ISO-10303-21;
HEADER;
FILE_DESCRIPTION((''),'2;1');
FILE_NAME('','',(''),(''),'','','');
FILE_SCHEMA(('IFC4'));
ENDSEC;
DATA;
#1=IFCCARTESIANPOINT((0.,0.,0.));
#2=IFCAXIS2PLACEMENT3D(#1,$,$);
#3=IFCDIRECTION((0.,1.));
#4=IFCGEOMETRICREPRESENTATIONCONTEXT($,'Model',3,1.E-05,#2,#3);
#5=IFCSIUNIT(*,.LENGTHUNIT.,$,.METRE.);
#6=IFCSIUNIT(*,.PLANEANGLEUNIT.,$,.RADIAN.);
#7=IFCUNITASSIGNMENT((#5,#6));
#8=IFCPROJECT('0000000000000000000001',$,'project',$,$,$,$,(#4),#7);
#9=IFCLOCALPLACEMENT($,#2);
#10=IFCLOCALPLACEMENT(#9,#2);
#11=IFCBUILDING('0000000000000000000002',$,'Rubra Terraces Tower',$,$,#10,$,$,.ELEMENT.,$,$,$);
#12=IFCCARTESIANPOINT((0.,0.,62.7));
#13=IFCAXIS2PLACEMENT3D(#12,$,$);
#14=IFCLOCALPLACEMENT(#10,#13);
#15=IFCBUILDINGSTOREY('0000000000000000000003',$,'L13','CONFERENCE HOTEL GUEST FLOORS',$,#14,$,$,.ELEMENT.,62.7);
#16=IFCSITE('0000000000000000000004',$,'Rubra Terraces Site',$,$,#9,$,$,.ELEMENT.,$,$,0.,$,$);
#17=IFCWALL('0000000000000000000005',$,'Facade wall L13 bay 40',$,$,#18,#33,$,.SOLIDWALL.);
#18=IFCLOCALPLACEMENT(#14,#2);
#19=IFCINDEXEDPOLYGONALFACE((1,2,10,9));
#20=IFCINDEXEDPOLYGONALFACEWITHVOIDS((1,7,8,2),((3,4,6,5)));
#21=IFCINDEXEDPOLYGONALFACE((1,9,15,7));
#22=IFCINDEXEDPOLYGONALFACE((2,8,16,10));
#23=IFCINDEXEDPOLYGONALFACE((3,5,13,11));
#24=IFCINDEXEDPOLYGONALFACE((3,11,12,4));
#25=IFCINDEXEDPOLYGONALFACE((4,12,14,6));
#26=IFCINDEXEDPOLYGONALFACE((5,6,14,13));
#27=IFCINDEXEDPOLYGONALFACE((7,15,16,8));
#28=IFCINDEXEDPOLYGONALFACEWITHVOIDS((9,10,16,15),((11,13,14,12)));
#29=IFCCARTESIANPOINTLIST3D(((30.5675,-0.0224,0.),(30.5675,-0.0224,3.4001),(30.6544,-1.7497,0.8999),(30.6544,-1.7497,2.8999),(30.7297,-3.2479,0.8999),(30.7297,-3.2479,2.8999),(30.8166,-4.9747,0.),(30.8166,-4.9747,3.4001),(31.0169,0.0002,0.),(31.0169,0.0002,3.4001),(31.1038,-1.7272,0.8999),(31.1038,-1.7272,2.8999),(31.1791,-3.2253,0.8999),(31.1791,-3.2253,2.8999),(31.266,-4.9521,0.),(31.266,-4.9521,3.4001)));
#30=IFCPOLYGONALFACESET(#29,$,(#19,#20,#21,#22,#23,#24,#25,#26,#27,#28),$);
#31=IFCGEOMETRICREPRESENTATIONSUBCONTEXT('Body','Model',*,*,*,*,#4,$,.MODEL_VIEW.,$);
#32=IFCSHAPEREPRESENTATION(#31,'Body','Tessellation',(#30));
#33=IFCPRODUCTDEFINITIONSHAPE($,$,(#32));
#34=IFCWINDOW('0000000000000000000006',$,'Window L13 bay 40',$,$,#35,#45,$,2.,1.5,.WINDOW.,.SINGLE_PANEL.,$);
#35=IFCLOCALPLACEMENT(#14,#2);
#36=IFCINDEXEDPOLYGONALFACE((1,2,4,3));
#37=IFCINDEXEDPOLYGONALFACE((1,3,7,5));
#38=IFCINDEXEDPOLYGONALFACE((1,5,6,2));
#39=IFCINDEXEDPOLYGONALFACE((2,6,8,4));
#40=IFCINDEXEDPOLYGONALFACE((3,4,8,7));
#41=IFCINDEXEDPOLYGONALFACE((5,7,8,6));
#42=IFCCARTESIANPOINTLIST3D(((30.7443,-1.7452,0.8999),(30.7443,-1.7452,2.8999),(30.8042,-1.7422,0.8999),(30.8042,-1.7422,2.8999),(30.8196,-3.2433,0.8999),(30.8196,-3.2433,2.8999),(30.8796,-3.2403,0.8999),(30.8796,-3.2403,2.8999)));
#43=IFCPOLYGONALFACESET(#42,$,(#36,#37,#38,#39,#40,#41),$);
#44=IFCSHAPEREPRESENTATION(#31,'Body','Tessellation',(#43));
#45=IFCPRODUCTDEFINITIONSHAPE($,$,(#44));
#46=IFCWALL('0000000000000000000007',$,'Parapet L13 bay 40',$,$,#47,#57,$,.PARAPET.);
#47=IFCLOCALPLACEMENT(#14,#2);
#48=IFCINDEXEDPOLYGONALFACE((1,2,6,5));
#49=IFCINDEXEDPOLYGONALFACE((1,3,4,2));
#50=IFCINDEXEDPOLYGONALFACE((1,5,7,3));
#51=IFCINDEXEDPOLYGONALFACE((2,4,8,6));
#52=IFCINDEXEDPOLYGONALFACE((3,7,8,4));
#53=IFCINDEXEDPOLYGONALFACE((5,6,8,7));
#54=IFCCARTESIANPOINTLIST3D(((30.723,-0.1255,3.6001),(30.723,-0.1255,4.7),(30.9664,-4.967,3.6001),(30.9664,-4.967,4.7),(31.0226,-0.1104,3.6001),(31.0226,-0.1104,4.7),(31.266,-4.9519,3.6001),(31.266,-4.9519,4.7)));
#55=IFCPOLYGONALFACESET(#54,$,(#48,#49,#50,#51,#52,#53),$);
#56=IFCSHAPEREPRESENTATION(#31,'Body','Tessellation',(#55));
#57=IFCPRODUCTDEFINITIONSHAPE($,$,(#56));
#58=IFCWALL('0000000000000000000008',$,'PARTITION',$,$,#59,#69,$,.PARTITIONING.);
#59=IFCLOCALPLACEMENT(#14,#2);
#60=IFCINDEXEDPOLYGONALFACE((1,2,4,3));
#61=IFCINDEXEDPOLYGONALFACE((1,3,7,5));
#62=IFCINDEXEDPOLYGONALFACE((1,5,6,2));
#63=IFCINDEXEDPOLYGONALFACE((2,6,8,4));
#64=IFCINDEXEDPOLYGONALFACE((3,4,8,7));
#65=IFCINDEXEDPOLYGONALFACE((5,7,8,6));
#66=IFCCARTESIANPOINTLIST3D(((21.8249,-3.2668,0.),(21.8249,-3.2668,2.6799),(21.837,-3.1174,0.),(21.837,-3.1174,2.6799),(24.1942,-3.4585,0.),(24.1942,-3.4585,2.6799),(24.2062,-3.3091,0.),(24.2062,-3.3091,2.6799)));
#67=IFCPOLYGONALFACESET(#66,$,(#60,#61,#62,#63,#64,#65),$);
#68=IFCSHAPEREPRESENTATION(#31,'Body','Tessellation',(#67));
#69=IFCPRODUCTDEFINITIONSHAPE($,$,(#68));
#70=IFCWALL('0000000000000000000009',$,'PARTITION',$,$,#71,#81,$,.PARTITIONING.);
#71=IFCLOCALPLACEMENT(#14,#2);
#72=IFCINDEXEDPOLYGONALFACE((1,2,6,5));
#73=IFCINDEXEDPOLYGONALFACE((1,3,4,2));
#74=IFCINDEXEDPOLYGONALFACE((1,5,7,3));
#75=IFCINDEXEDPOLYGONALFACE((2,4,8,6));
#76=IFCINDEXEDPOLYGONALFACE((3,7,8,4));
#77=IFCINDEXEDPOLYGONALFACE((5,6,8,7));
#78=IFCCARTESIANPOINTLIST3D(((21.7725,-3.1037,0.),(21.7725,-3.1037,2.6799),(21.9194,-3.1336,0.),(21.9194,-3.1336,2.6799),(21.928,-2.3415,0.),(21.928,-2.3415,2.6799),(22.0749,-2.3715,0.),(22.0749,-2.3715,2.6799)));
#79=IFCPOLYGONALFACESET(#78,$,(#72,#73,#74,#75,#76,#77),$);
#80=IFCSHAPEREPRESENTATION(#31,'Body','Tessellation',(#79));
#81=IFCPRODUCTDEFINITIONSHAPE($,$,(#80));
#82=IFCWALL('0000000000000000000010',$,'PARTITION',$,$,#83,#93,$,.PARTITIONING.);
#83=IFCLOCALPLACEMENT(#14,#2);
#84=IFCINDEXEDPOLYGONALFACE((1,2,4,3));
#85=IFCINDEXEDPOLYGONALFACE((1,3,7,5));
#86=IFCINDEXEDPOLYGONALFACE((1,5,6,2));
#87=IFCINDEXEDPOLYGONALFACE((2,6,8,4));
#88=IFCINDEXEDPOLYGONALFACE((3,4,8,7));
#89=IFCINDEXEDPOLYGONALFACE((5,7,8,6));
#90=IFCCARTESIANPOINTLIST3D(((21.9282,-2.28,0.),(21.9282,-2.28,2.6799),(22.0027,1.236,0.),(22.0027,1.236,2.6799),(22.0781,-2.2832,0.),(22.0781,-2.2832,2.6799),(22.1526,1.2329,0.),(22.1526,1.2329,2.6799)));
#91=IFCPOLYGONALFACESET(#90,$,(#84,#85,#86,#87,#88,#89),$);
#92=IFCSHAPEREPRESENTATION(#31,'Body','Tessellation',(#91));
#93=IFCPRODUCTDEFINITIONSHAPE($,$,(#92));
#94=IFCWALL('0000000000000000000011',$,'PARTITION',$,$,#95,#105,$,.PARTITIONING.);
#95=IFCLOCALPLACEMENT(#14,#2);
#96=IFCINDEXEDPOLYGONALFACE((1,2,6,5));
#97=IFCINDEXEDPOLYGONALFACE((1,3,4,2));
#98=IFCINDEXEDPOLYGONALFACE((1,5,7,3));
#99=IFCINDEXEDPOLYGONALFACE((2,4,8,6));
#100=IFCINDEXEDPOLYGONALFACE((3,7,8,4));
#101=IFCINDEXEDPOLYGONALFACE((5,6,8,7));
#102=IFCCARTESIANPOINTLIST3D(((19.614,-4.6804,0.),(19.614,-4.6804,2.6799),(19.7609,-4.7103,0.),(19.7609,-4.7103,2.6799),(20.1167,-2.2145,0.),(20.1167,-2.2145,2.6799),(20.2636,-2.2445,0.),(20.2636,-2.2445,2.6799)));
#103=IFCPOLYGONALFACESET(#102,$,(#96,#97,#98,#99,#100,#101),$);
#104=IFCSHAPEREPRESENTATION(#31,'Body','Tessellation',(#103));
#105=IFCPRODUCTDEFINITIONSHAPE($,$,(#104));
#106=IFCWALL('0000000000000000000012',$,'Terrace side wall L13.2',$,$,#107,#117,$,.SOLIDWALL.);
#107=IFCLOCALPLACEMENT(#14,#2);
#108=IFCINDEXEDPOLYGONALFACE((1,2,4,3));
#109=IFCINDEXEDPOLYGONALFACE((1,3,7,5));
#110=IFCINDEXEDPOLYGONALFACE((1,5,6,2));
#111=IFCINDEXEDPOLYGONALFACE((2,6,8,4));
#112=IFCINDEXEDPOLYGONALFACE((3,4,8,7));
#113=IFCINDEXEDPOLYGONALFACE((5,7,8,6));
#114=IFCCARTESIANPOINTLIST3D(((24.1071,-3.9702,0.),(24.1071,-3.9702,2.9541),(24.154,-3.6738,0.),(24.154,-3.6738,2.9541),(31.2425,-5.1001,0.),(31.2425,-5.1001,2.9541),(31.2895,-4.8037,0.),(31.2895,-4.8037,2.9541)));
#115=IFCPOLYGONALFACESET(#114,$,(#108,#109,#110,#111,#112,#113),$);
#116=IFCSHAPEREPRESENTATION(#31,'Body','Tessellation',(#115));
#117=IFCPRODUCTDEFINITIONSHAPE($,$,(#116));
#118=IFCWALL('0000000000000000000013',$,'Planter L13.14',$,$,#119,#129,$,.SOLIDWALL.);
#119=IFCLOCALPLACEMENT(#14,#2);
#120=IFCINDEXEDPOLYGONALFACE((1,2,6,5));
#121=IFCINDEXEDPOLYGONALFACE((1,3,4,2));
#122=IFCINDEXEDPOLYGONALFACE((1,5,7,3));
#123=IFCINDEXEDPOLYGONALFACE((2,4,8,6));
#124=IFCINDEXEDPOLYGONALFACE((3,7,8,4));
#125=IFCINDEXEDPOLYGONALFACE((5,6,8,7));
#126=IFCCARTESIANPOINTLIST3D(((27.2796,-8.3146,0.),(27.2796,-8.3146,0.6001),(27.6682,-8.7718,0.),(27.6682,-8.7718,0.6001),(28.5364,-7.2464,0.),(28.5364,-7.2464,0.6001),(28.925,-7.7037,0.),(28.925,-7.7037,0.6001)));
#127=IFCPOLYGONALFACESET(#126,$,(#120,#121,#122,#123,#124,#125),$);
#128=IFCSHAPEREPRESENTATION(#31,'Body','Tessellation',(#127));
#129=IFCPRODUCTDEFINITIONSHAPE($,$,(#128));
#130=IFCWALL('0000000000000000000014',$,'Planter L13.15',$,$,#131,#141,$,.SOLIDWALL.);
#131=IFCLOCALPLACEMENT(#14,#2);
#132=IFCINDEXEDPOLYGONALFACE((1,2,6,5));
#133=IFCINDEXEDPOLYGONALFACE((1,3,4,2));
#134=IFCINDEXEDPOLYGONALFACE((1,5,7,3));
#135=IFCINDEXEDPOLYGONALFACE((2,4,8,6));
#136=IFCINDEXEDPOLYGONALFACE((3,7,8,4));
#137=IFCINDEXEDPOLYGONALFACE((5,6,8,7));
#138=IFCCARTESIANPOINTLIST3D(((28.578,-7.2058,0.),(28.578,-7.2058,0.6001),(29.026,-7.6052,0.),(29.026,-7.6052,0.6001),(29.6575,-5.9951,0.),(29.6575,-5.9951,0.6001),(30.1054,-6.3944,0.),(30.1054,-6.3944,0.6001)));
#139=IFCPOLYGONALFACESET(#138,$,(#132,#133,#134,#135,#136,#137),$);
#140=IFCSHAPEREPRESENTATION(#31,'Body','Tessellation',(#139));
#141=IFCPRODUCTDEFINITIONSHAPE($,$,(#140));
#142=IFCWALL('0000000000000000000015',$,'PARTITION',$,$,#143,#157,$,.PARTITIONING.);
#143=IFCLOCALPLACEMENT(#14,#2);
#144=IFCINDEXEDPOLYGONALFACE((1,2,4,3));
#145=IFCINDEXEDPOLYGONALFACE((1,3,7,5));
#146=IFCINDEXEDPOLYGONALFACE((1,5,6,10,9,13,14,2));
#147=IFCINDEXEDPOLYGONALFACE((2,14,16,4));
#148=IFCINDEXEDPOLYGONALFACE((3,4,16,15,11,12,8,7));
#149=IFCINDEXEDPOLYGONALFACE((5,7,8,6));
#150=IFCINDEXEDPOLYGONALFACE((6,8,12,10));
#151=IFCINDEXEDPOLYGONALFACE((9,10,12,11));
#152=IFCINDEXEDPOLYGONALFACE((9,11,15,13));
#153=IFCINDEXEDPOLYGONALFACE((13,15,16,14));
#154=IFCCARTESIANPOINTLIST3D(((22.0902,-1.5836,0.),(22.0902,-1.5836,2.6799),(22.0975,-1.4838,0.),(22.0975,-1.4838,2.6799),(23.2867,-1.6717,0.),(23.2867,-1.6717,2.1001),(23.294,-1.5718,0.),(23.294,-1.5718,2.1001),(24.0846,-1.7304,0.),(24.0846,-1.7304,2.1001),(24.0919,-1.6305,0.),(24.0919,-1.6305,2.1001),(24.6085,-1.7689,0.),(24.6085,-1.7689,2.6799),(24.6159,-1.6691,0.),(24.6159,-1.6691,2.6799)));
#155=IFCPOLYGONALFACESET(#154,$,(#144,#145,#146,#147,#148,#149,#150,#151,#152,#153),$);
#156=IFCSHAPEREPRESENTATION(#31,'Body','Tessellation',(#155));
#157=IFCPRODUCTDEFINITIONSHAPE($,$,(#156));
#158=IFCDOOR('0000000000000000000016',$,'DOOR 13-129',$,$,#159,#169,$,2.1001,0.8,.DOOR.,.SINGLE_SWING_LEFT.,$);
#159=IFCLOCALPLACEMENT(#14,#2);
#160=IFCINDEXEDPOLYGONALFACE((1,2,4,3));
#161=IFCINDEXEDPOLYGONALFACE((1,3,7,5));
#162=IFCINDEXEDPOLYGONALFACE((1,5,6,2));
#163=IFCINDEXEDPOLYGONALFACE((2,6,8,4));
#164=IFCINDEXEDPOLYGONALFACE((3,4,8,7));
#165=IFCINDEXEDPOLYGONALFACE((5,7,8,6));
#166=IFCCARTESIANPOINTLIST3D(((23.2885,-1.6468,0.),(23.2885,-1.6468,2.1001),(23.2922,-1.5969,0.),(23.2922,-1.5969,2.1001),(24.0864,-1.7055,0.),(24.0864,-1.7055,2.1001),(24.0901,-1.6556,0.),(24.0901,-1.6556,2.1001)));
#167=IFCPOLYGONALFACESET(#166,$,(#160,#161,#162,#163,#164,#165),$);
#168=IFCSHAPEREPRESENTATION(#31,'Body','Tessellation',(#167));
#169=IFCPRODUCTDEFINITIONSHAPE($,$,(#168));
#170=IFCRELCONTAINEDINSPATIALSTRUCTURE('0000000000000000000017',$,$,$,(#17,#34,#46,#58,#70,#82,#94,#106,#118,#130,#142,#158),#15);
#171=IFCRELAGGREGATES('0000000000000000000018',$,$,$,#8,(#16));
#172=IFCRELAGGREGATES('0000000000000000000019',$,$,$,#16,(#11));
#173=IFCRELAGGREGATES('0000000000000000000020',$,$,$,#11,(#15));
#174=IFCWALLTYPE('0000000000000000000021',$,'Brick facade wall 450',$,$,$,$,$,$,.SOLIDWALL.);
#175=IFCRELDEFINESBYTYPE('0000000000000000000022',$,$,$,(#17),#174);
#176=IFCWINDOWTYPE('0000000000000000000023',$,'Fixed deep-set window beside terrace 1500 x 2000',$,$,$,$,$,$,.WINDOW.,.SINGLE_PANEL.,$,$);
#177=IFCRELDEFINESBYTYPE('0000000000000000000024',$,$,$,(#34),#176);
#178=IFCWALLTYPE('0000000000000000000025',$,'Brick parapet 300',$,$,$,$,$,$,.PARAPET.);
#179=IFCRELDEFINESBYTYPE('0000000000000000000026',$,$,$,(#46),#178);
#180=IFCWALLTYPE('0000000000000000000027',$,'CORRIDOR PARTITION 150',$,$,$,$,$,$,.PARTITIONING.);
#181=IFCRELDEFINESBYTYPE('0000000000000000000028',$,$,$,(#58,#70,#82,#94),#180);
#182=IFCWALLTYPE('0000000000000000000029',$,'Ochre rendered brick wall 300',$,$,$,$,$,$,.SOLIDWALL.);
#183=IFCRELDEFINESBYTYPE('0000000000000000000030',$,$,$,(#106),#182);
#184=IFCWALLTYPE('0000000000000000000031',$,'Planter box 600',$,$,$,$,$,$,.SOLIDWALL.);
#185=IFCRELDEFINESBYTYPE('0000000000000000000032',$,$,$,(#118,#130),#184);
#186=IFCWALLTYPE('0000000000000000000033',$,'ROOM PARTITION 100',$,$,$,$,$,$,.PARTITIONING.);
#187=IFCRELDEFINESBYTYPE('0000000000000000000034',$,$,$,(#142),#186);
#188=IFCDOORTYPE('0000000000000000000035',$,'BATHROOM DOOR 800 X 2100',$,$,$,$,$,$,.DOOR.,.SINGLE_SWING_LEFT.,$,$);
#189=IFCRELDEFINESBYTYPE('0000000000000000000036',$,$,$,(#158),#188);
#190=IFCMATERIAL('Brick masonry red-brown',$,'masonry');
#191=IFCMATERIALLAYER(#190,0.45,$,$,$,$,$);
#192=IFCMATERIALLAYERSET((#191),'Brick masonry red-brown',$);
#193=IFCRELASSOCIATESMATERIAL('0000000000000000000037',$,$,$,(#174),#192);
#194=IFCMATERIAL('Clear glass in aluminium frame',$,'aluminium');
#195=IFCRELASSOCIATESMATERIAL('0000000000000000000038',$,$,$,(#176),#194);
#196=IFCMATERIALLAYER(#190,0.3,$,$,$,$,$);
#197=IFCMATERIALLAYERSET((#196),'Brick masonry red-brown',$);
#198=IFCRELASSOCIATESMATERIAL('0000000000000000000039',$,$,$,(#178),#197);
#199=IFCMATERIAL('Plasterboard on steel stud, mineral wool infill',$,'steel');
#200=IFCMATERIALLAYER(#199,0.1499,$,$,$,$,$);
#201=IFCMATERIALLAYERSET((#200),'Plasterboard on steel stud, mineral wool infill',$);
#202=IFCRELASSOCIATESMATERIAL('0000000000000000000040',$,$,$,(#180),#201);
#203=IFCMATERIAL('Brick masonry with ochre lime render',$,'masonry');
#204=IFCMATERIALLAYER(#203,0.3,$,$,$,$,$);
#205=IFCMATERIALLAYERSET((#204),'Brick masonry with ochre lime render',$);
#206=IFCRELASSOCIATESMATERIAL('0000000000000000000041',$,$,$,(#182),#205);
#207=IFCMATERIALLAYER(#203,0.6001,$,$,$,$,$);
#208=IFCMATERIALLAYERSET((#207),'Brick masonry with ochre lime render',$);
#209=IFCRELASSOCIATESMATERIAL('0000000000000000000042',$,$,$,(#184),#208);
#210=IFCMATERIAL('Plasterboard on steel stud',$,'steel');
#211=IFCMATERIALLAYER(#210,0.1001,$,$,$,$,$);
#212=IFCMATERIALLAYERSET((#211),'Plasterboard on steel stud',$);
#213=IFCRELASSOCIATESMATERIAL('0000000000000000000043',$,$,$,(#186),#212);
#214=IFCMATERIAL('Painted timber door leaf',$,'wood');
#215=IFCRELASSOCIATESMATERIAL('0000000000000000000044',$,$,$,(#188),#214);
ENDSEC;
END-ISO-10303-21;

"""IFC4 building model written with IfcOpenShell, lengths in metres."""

from ifc_helpers import new_model, si_unit, direction, frame, frame_2d, origin, place, context, subcontext, project, spatial, rectangle, extrude, material, layer, layer_set, type_object, element, fill, save


model = new_model("IFC4")

# Units and contexts
model_context = context("Model", 3, precision=1e-05, world=origin(), true_north=direction((0.0, 1.0)))
body_context = subcontext(model_context, "Body", "Model", "MODEL_VIEW")
ifc_project = project(units=[si_unit("LENGTHUNIT", "METRE"), si_unit("PLANEANGLEUNIT", "RADIAN")], contexts=[model_context])

# Site, building, storey
site_placement = place(None, origin())
site = spatial("IfcSite", under=ifc_project, at=site_placement, Name="Rubra Terraces Site", CompositionType="ELEMENT", RefElevation=0.0)
building_placement = place(site_placement, origin())
building = spatial("IfcBuilding", under=site, at=building_placement, Name="Rubra Terraces Tower", CompositionType="ELEMENT")
storey_placement = place(building_placement, frame((0.0, 0.0, 62.7)))
storey = spatial("IfcBuildingStorey", under=building, at=storey_placement, Name="L13", Description="CONFERENCE HOTEL GUEST FLOORS", CompositionType="ELEMENT", Elevation=62.7)

# Wall, opening, window
ifc_material_1 = material(Name="Brick masonry red-brown", Category="masonry")
ifc_layer_1 = layer(ifc_material_1, 0.45)
ifc_layer_set_1 = layer_set([ifc_layer_1], Name="Brick masonry red-brown")
wall_type_1 = type_object("IfcWallType", Name="Brick facade wall 450", PredefinedType="SOLIDWALL", material=ifc_layer_set_1)
wall_1_placement = place(storey_placement, frame((31.0413, -4.9634, 0.0), z_axis=(0.0, 0.0, 1.0), x_axis=(-0.050222, 0.998738, 0.0)))
wall_1 = element("IfcWall", 1, at=wall_1_placement, inside=storey, type_object=wall_type_1, Name="Facade wall L13 bay 40", PredefinedType="SOLIDWALL", context=body_context, shape_type="SweptSolid", body=[
    extrude(rectangle(XDim=4.9585, YDim=0.45, at=frame_2d((2.4792, 0.0))), origin(), (0.0, 0.0, 1.0), 3.4001),
])
opening_1_placement = place(wall_1_placement, frame((1.729, 0.0, 0.8999)))
opening_1 = element("IfcOpeningElement", 2, at=opening_1_placement, cuts=wall_1, PredefinedType="OPENING", context=body_context, shape_type="SweptSolid", body=[
    extrude(rectangle(XDim=1.5, YDim=2.0, at=frame_2d((0.75, 1.0))), frame((0.0, 0.2349, 0.0), z_axis=(0.0, -1.0, 0.0), x_axis=(1.0, 0.0, 0.0)), (0.0, 0.0, 1.0), 0.47),
])
ifc_material_2 = material(Name="Clear glass in aluminium frame", Category="aluminium")
window_type = type_object("IfcWindowType", Name="Fixed deep-set window beside terrace 1500 x 2000", PartitioningType="SINGLE_PANEL", PredefinedType="WINDOW", material=ifc_material_2)
window_placement = place(opening_1_placement, origin())
window = element("IfcWindow", 3, at=window_placement, inside=storey, type_object=window_type, Name="Window L13 bay 40", OverallHeight=2.0, OverallWidth=1.5, PartitioningType="SINGLE_PANEL", PredefinedType="WINDOW", context=body_context, shape_type="SweptSolid", body=[
    extrude(rectangle(XDim=1.5, YDim=2.0, at=frame_2d((0.75, 1.0))), frame((0.0, 0.135, 0.0), z_axis=(0.0, -1.0, 0.0), x_axis=(1.0, 0.0, 0.0)), (0.0, 0.0, 1.0), 0.0601),
])
fill(opening_1, window)

# Walls
ifc_layer_2 = layer(ifc_material_1, 0.3)
ifc_layer_set_2 = layer_set([ifc_layer_2], Name="Brick masonry red-brown")
wall_type_2 = type_object("IfcWallType", Name="Brick parapet 300", PredefinedType="PARAPET", material=ifc_layer_set_2)
wall_2_placement = place(storey_placement, frame((31.1162, -4.9595, 3.6001), z_axis=(0.0, 0.0, 1.0), x_axis=(-0.050211, 0.998739, 0.0)))
element("IfcWall", 4, at=wall_2_placement, inside=storey, type_object=wall_type_2, Name="Parapet L13 bay 40", PredefinedType="PARAPET", context=body_context, shape_type="SweptSolid", body=[
    extrude(rectangle(XDim=4.8477, YDim=0.3, at=frame_2d((2.4238, 0.0))), origin(), (0.0, 0.0, 1.0), 1.0999),
])
ifc_material_3 = material(Name="Plasterboard on steel stud, mineral wool infill", Category="steel")
ifc_layer_3 = layer(ifc_material_3, 0.1499)
ifc_layer_set_3 = layer_set([ifc_layer_3], Name="Plasterboard on steel stud, mineral wool infill")
wall_type_3 = type_object("IfcWallType", Name="CORRIDOR PARTITION 150", PredefinedType="PARTITIONING", material=ifc_layer_set_3)
wall_3_placement = place(storey_placement, frame((24.2002, -3.3838, 0.0), z_axis=(0.0, 0.0, 1.0), x_axis=(-0.996744, 0.080631, 0.0)))
element("IfcWall", 5, at=wall_3_placement, inside=storey, type_object=wall_type_3, Name="PARTITION", PredefinedType="PARTITIONING", context=body_context, shape_type="SweptSolid", body=[
    extrude(rectangle(XDim=2.377, YDim=0.1499, at=frame_2d((1.1885, 0.0))), origin(), (0.0, 0.0, 1.0), 2.6799),
])
wall_4_placement = place(storey_placement, frame((21.8459, -3.1187, 0.0), z_axis=(0.0, 0.0, 1.0), x_axis=(0.199917, 0.979813, 0.0)))
element("IfcWall", 6, at=wall_4_placement, inside=storey, type_object=wall_type_3, Name="PARTITION", PredefinedType="PARTITIONING", context=body_context, shape_type="SweptSolid", body=[
    extrude(rectangle(XDim=0.7778, YDim=0.1499, at=frame_2d((0.3889, 0.0))), origin(), (0.0, 0.0, 1.0), 2.6799),
])
wall_5_placement = place(storey_placement, frame((22.0032, -2.2815, 0.0), z_axis=(0.0, 0.0, 1.0), x_axis=(0.021173, 0.999776, 0.0)))
element("IfcWall", 7, at=wall_5_placement, inside=storey, type_object=wall_type_3, Name="PARTITION", PredefinedType="PARTITIONING", context=body_context, shape_type="SweptSolid", body=[
    extrude(rectangle(XDim=3.5168, YDim=0.1499, at=frame_2d((1.7583, 0.0))), origin(), (0.0, 0.0, 1.0), 2.6799),
])
wall_6_placement = place(storey_placement, frame((20.1902, -2.2295, 0.0), z_axis=(0.0, 0.0, 1.0), x_axis=(-0.199753, -0.979846, 0.0)))
element("IfcWall", 8, at=wall_6_placement, inside=storey, type_object=wall_type_3, Name="PARTITION", PredefinedType="PARTITIONING", context=body_context, shape_type="SweptSolid", body=[
    extrude(rectangle(XDim=2.5166, YDim=0.1499, at=frame_2d((1.2583, 0.0))), origin(), (0.0, 0.0, 1.0), 2.6799),
])
ifc_material_4 = material(Name="Brick masonry with ochre lime render", Category="masonry")
ifc_layer_4 = layer(ifc_material_4, 0.3)
ifc_layer_set_4 = layer_set([ifc_layer_4], Name="Brick masonry with ochre lime render")
wall_type_4 = type_object("IfcWallType", Name="Ochre rendered brick wall 300", PredefinedType="SOLIDWALL", material=ifc_layer_set_4)
wall_7_placement = place(storey_placement, frame((31.2661, -4.9519, 0.0), z_axis=(0.0, 0.0, 1.0), x_axis=(-0.987694, 0.156398, 0.0)))
element("IfcWall", 9, at=wall_7_placement, inside=storey, type_object=wall_type_4, Name="Terrace side wall L13.2", PredefinedType="SOLIDWALL", context=body_context, shape_type="SweptSolid", body=[
    extrude(rectangle(XDim=7.2244, YDim=0.3, at=frame_2d((3.6123, 0.0))), origin(), (0.0, 0.0, 1.0), 2.9541),
])

# Walls
ifc_layer_5 = layer(ifc_material_4, 0.6001)
ifc_layer_set_5 = layer_set([ifc_layer_5], Name="Brick masonry with ochre lime render")
wall_type_5 = type_object("IfcWallType", Name="Planter box 600", PredefinedType="SOLIDWALL", material=ifc_layer_set_5)
wall_8_placement = place(storey_placement, frame((27.4739, -8.5432, 0.0), z_axis=(0.0, 0.0, 1.0), x_axis=(0.761998, 0.64758, 0.0)))
element("IfcWall", 10, at=wall_8_placement, inside=storey, type_object=wall_type_5, Name="Planter L13.14", PredefinedType="SOLIDWALL", context=body_context, shape_type="SweptSolid", body=[
    extrude(rectangle(XDim=1.6494, YDim=0.6001, at=frame_2d((0.8247, 0.0))), origin(), (0.0, 0.0, 1.0), 0.6001),
])
wall_9_placement = place(storey_placement, frame((28.802, -7.4055, 0.0), z_axis=(0.0, 0.0, 1.0), x_axis=(0.665456, 0.746437, 0.0)))
element("IfcWall", 11, at=wall_9_placement, inside=storey, type_object=wall_type_5, Name="Planter L13.15", PredefinedType="SOLIDWALL", context=body_context, shape_type="SweptSolid", body=[
    extrude(rectangle(XDim=1.6221, YDim=0.6001, at=frame_2d((0.811, 0.0))), origin(), (0.0, 0.0, 1.0), 0.6001),
])

# Wall, opening, door
ifc_material_5 = material(Name="Plasterboard on steel stud", Category="steel")
ifc_layer_6 = layer(ifc_material_5, 0.1001)
ifc_layer_set_6 = layer_set([ifc_layer_6], Name="Plasterboard on steel stud")
wall_type_6 = type_object("IfcWallType", Name="ROOM PARTITION 100", PredefinedType="PARTITIONING", material=ifc_layer_set_6)
wall_10_placement = place(storey_placement, frame((22.0938, -1.5337, 0.0), z_axis=(0.0, 0.0, 1.0), x_axis=(0.997304, -0.073384, 0.0)))
wall_10 = element("IfcWall", 12, at=wall_10_placement, inside=storey, type_object=wall_type_6, Name="PARTITION", PredefinedType="PARTITIONING", context=body_context, shape_type="SweptSolid", body=[
    extrude(rectangle(XDim=2.5251, YDim=0.1001, at=frame_2d((1.2627, 0.0))), origin(), (0.0, 0.0, 1.0), 2.6799),
])
opening_2_placement = place(wall_10_placement, frame((1.2, 0.0, 0.0)))
opening_2 = element("IfcOpeningElement", 13, at=opening_2_placement, cuts=wall_10, PredefinedType="OPENING", context=body_context, shape_type="SweptSolid", body=[
    extrude(rectangle(XDim=0.8, YDim=2.1001, at=frame_2d((0.3999, 1.05))), frame((0.0, 0.0601, 0.0), z_axis=(0.0, -1.0, 0.0), x_axis=(1.0, 0.0, 0.0)), (0.0, 0.0, 1.0), 0.1201),
])
ifc_material_6 = material(Name="Painted timber door leaf", Category="wood")
door_type_1 = type_object("IfcDoorType", Name="BATHROOM DOOR 800 X 2100", OperationType="SINGLE_SWING_LEFT", PredefinedType="DOOR", material=ifc_material_6)
door_1_placement = place(opening_2_placement, origin())
door_1 = element("IfcDoor", 14, at=door_1_placement, inside=storey, type_object=door_type_1, Name="DOOR 13-129", OperationType="SINGLE_SWING_LEFT", OverallHeight=2.1001, OverallWidth=0.8, PredefinedType="DOOR", context=body_context, shape_type="SweptSolid", body=[
    extrude(rectangle(XDim=0.8, YDim=2.1001, at=frame_2d((0.3999, 1.05))), frame((0.0, 0.0249, 0.0), z_axis=(0.0, -1.0, 0.0), x_axis=(1.0, 0.0, 0.0)), (0.0, 0.0, 1.0), 0.05),
])
fill(opening_2, door_1)

save(model, "model.ifc")
